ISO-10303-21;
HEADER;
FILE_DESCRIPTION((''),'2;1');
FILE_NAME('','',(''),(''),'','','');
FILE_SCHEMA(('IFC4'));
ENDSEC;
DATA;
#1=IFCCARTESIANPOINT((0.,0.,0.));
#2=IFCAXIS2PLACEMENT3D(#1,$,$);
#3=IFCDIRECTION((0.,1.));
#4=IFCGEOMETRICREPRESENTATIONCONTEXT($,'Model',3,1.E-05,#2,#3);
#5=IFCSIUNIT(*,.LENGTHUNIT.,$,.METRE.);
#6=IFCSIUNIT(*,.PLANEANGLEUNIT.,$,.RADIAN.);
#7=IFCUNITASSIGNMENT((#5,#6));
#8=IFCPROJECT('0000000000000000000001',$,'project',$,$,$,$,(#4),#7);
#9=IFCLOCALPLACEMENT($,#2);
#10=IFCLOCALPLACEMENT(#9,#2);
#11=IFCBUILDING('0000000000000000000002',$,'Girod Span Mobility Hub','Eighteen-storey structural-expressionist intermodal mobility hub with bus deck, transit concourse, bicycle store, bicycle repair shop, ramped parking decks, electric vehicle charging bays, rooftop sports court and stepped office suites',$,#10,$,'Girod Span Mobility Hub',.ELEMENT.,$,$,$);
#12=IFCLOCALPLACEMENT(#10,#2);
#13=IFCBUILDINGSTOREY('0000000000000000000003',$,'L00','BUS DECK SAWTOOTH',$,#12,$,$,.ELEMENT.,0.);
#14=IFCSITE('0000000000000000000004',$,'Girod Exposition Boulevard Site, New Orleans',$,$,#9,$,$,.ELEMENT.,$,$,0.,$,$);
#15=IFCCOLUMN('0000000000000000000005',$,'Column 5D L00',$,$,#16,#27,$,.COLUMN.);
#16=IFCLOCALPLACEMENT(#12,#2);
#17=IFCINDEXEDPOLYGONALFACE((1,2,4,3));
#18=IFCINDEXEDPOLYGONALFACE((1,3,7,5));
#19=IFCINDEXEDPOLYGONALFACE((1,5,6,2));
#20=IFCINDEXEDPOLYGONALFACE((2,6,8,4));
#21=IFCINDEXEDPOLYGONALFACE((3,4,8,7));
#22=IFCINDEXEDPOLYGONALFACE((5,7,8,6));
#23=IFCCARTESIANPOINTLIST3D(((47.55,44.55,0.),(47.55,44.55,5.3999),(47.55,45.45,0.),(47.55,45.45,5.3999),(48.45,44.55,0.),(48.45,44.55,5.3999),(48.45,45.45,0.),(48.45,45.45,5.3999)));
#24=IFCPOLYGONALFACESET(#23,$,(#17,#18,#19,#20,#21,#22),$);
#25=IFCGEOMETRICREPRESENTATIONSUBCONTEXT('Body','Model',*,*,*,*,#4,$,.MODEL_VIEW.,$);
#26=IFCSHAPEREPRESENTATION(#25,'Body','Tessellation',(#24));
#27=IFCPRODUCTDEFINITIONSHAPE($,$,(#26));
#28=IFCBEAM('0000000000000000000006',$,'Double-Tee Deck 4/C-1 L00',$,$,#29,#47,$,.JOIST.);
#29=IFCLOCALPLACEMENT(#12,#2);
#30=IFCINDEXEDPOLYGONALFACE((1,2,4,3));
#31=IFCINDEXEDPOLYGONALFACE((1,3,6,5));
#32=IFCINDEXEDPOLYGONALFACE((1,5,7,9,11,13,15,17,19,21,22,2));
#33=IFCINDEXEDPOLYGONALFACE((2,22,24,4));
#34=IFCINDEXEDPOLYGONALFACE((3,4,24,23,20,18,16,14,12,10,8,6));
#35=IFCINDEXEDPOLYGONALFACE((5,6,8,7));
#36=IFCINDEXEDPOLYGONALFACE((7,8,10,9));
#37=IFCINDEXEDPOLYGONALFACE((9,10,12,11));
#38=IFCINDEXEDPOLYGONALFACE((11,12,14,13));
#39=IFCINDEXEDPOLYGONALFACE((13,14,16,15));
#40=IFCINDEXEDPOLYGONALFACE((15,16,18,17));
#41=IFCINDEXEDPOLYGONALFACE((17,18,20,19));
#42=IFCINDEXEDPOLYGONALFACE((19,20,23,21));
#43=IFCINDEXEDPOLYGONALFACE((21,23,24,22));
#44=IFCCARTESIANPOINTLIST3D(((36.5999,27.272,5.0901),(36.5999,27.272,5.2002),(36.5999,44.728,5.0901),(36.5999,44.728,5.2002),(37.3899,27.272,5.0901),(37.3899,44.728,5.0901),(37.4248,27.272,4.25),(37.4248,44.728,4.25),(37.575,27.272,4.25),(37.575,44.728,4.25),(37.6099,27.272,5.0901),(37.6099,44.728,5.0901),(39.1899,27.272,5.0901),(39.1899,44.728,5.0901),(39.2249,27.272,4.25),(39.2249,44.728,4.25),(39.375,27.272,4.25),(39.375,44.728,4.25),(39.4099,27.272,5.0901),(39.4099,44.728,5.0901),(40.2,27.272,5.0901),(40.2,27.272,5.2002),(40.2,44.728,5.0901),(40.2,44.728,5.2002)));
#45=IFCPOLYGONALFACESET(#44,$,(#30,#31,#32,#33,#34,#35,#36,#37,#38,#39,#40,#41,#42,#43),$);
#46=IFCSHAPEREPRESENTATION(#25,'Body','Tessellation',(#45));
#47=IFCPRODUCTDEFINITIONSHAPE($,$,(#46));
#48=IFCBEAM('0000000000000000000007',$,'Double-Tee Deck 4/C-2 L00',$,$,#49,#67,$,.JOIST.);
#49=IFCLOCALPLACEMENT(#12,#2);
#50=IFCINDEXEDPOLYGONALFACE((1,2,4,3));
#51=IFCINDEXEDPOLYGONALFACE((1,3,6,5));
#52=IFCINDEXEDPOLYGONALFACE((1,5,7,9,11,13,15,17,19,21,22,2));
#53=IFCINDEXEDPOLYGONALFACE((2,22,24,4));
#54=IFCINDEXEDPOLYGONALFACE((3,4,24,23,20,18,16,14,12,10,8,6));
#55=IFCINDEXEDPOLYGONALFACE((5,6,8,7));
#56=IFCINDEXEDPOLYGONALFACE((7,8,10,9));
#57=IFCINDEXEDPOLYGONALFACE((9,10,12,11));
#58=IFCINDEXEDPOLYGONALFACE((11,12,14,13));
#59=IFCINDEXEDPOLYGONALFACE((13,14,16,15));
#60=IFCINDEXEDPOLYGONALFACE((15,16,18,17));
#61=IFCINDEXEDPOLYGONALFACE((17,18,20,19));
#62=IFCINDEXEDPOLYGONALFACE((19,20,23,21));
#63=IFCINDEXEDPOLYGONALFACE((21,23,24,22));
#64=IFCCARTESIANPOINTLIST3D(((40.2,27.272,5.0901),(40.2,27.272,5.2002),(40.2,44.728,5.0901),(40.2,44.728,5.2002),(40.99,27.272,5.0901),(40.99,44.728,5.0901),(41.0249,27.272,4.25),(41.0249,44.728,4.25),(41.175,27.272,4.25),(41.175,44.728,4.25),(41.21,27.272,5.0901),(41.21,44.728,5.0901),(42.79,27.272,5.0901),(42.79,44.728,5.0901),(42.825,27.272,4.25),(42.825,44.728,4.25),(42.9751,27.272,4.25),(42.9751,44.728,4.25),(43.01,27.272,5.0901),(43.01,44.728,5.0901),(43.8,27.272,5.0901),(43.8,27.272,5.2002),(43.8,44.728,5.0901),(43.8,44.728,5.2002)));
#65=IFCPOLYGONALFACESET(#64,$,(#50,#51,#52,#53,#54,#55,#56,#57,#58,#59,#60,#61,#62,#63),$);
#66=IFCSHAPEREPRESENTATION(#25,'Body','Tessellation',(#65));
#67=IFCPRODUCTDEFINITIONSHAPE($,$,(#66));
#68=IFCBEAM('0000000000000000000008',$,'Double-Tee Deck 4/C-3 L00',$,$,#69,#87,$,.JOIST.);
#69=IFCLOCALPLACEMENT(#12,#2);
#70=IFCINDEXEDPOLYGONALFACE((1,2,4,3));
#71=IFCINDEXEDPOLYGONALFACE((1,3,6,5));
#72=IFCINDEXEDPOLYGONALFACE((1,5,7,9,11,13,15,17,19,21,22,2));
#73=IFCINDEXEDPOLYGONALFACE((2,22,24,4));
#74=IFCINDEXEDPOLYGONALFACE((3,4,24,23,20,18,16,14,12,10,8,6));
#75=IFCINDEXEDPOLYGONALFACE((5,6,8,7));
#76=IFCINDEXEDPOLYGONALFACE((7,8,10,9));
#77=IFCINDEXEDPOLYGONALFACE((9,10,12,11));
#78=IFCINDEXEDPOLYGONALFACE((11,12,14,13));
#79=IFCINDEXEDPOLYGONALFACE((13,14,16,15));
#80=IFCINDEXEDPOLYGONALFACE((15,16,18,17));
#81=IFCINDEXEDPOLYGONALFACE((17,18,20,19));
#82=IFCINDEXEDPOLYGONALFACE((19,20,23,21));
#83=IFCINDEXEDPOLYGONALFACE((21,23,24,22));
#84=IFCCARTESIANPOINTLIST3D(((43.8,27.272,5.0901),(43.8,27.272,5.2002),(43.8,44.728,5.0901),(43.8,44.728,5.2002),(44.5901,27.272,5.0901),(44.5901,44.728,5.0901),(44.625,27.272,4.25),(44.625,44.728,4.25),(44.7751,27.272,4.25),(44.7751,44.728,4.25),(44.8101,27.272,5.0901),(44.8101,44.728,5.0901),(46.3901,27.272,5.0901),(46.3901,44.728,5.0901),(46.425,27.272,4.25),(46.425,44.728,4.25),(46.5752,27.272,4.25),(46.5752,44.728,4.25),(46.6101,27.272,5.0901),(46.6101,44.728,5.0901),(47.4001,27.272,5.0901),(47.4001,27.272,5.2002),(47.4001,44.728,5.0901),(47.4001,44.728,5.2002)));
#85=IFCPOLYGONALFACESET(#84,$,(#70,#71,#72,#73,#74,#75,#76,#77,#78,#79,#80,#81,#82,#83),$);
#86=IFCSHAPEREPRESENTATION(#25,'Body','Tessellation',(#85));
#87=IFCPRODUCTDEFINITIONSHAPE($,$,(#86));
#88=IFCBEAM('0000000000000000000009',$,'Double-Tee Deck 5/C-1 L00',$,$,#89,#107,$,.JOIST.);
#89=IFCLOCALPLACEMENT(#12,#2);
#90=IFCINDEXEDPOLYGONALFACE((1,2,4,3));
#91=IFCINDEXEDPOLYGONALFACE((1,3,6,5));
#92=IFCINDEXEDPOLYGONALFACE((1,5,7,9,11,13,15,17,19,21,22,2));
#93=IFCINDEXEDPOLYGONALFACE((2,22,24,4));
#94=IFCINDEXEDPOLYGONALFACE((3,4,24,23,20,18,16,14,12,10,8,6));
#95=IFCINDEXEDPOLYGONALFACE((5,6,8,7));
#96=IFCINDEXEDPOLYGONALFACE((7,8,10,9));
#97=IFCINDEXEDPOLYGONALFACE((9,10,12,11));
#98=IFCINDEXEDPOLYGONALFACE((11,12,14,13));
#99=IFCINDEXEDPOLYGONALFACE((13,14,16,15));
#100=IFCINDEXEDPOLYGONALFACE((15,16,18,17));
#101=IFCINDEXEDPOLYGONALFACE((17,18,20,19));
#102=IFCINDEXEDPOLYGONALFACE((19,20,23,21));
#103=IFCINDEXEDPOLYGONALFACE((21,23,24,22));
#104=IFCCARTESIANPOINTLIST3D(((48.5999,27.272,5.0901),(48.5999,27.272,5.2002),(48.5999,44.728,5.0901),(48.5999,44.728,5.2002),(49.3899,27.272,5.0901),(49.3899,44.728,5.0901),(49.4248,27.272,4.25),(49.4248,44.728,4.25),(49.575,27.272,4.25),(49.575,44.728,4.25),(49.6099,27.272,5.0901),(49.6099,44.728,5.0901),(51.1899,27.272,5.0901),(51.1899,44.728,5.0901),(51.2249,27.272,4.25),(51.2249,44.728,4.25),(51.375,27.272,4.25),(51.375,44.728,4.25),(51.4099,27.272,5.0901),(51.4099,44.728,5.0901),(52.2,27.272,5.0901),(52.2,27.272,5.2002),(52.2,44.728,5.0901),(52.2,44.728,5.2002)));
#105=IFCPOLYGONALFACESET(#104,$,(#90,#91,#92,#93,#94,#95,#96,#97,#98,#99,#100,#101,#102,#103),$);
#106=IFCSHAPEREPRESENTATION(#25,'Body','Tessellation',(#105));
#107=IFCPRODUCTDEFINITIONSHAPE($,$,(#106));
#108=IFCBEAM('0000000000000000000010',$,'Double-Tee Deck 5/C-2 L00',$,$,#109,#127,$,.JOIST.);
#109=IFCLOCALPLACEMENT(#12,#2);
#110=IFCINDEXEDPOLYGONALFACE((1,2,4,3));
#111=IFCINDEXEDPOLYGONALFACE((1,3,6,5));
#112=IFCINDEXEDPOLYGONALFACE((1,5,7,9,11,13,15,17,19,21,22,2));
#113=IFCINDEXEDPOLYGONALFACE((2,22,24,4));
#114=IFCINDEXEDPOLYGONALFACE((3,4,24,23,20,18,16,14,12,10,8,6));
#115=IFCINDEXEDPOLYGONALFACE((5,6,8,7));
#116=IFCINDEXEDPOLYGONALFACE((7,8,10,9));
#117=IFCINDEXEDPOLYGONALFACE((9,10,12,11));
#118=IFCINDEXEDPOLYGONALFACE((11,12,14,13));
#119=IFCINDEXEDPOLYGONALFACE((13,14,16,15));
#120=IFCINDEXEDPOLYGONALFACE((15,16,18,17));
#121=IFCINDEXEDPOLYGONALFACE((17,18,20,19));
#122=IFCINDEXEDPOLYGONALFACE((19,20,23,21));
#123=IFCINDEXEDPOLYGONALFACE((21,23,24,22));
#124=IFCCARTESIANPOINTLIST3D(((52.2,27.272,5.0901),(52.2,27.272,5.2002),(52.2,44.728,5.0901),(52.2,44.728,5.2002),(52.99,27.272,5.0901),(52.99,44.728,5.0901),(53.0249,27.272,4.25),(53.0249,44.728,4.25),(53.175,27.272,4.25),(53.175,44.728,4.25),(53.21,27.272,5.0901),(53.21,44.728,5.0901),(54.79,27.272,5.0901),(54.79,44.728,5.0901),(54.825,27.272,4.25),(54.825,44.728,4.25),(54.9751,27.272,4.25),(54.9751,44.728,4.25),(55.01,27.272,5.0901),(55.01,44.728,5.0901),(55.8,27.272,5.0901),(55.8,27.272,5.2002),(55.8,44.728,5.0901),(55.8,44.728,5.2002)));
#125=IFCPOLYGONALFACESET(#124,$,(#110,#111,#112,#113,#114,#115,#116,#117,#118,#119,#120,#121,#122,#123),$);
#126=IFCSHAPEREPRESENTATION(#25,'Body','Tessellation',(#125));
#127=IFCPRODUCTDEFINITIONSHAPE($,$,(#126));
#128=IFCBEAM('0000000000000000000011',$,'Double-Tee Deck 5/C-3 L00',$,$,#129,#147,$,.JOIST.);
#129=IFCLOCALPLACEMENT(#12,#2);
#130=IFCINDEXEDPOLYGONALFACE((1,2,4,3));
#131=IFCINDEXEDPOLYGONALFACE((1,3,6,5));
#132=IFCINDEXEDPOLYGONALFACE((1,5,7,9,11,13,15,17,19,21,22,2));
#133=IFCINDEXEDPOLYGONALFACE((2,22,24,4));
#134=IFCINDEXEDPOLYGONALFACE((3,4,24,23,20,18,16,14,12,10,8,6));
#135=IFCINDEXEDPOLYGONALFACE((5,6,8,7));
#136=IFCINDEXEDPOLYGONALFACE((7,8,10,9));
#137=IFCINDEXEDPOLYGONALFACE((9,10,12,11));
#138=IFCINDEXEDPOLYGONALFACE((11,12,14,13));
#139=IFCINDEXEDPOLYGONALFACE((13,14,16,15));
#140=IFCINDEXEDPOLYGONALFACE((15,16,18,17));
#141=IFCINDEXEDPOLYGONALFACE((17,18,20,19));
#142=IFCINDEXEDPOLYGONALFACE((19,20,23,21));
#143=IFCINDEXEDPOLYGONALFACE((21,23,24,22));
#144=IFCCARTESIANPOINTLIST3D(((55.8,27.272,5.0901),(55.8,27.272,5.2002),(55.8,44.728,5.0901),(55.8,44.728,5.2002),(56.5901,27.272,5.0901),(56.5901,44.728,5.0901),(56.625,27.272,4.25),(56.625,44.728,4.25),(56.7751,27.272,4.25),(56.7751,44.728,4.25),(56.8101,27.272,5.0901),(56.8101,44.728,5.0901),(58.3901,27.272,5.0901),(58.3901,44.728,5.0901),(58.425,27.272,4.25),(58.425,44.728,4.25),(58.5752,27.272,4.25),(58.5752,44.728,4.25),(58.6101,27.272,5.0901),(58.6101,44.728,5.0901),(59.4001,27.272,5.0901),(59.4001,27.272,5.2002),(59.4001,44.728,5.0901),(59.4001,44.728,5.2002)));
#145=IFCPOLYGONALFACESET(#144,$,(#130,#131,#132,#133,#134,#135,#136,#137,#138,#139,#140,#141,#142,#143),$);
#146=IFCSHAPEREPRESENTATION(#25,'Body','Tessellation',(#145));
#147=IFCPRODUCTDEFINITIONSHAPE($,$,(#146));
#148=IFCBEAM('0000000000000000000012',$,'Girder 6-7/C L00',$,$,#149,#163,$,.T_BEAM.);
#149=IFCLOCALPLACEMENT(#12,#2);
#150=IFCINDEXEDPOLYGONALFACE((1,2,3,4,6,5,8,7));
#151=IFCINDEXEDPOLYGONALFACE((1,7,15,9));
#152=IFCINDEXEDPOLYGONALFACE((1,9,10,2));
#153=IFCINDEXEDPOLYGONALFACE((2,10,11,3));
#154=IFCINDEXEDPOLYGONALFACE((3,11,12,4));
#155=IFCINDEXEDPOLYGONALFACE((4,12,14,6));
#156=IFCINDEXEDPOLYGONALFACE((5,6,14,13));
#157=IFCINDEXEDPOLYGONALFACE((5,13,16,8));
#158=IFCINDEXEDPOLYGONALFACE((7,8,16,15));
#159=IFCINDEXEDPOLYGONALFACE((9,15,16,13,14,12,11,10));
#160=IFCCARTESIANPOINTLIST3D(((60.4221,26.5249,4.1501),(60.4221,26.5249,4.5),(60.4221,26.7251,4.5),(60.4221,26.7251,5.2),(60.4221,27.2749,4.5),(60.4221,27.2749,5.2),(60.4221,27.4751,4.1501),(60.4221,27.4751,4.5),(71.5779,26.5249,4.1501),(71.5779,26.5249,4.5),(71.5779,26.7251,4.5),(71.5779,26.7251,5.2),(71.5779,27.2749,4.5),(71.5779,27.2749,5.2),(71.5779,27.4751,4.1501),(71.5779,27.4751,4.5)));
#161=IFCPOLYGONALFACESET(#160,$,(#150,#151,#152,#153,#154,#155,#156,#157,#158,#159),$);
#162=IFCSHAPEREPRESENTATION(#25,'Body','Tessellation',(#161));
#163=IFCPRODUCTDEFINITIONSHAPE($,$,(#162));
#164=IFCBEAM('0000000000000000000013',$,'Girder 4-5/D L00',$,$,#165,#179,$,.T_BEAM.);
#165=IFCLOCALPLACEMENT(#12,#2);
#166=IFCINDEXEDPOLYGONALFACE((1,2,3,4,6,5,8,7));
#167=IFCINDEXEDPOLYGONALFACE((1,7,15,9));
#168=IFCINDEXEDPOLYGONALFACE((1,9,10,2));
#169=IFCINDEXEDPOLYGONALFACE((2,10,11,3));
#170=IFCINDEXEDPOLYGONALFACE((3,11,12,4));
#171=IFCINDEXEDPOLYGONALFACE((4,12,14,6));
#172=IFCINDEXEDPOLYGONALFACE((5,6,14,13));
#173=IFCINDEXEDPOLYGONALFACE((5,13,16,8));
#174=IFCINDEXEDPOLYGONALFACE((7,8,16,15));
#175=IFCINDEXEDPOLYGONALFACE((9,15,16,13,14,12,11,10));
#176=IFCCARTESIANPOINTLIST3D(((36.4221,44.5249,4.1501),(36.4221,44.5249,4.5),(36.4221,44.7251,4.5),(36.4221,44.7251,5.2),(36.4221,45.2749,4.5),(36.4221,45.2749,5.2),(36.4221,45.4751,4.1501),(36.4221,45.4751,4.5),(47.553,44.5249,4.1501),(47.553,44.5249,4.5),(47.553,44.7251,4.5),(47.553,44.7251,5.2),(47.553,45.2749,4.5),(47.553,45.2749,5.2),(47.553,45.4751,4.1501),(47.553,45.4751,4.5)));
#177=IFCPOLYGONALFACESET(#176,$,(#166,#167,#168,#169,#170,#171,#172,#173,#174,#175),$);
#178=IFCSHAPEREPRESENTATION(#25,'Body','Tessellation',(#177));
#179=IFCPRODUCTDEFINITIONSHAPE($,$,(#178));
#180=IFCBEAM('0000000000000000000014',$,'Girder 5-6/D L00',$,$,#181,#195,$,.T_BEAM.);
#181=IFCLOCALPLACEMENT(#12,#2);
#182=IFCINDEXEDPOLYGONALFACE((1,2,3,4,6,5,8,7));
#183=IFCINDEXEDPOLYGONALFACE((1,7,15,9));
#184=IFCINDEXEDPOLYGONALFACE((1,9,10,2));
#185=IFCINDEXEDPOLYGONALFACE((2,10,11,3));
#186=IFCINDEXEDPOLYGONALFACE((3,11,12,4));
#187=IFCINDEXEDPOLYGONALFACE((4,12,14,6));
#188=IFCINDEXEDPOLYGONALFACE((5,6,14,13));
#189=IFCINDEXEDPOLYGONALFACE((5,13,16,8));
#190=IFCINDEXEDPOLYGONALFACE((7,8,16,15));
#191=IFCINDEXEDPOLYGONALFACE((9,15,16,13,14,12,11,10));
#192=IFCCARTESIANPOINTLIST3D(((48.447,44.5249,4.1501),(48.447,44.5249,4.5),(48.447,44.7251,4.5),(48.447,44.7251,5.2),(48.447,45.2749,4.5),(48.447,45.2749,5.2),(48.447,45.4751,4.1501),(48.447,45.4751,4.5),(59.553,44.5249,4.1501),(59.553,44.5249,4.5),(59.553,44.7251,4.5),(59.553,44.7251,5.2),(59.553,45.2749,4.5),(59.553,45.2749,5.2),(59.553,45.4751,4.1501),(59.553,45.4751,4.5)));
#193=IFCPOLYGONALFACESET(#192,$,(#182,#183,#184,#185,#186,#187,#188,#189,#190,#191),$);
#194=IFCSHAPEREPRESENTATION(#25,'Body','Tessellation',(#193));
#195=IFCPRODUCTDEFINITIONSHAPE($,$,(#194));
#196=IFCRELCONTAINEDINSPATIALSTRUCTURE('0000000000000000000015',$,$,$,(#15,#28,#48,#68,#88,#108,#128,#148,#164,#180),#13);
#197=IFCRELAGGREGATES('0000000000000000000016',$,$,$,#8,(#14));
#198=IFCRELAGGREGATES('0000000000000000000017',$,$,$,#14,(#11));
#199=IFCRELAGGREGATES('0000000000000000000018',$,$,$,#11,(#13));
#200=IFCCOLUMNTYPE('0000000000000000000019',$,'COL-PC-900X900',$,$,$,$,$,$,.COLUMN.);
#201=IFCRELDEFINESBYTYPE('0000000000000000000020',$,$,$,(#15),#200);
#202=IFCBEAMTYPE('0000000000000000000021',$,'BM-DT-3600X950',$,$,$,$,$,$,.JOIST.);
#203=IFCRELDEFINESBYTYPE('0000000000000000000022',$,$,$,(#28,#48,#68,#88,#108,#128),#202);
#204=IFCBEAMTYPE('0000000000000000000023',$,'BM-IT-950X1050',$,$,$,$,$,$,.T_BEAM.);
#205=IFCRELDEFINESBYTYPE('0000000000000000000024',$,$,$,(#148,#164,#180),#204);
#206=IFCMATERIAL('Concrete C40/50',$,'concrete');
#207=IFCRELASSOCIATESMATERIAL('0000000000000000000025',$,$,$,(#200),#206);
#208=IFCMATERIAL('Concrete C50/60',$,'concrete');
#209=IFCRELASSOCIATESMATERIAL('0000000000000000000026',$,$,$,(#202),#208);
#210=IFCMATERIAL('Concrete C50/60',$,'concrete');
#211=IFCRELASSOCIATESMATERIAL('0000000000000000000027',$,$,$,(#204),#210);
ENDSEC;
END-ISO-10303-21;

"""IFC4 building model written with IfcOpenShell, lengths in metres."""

from ifc_helpers import new_model, si_unit, direction, frame, origin, origin_2d, place, context, subcontext, project, spatial, polyline, rectangle, outline, extrude, material, material_profile, profile_set, type_object, element, save


model = new_model("IFC4")

# Units and contexts
model_context = context("Model", 3, precision=1e-05, world=origin(), true_north=direction((0.0, 1.0)))
body_context = subcontext(model_context, "Body", "Model", "MODEL_VIEW")
ifc_project = project(units=[si_unit("LENGTHUNIT", "METRE"), si_unit("PLANEANGLEUNIT", "RADIAN")], contexts=[model_context])

# Site, building, storey
site_placement = place(None, origin())
site = spatial("IfcSite", under=ifc_project, at=site_placement, Name="Girod Exposition Boulevard Site, New Orleans", CompositionType="ELEMENT", RefElevation=0.0)
building_placement = place(site_placement, origin())
building = spatial("IfcBuilding", under=site, at=building_placement, Name="Girod Span Mobility Hub", Description="Eighteen-storey structural-expressionist intermodal mobility hub with bus deck, transit concourse, bicycle store, bicycle repair shop, ramped parking decks, electric vehicle charging bays, rooftop sports court and stepped office suites", LongName="Girod Span Mobility Hub", CompositionType="ELEMENT")
storey_placement = place(building_placement, origin())
storey = spatial("IfcBuildingStorey", under=building, at=storey_placement, Name="L00", Description="BUS DECK SAWTOOTH", CompositionType="ELEMENT", Elevation=0.0)

# Column
ifc_material_1 = material(Name="Concrete C40/50", Category="concrete")
ifc_material_profile_1 = material_profile(ifc_material_1, rectangle(XDim=0.8999, YDim=0.8999, at=origin_2d()), Name="PC-COL-900X900")
ifc_profile_set_1 = profile_set([ifc_material_profile_1], Name="Concrete C40/50")
column_type_1 = type_object("IfcColumnType", Name="COL-PC-900X900", PredefinedType="COLUMN", material=ifc_profile_set_1)
column_placement = place(storey_placement, frame((48.0, 45.0, 0.0), z_axis=(0.0, 0.0, 1.0), x_axis=(1.0, 0.0, 0.0)))
element("IfcColumn", 1, at=column_placement, inside=storey, type_object=column_type_1, Name="Column 5D L00", PredefinedType="COLUMN", context=body_context, shape_type="SweptSolid", body=[
    extrude(rectangle(XDim=0.8999, YDim=0.8999, at=origin_2d()), origin(), (0.0, 0.0, 1.0), 5.3999),
])

# Beams
ifc_material_2 = material(Name="Concrete C50/60", Category="concrete")
ifc_material_profile_2 = material_profile(ifc_material_2, outline(polyline([(-1.8, 0.4751), (-1.8, 0.365), (-1.01, 0.365), (-0.9751, -0.4751), (-0.825, -0.4751), (-0.79, 0.365), (0.79, 0.365), (0.825, -0.4751), (0.9751, -0.4751), (1.01, 0.365), (1.8, 0.365), (1.8, 0.4751), (-1.8, 0.4751)])), Name="DT-3600X950")
ifc_profile_set_2 = profile_set([ifc_material_profile_2], Name="Concrete C50/60")
beam_type_1 = type_object("IfcBeamType", Name="BM-DT-3600X950", PredefinedType="JOIST", material=ifc_profile_set_2)
for number, where, z_axis, x_axis, name in (
    (2, (38.3999, 27.272, 4.7251), (0.0, 1.0, 0.0), (-1.0, 0.0, 0.0), "Double-Tee Deck 4/C-1 L00"),
    (3, (42.0, 27.272, 4.7251), (0.0, 1.0, 0.0), (-1.0, 0.0, 0.0), "Double-Tee Deck 4/C-2 L00"),
    (4, (45.6001, 27.272, 4.7251), (0.0, 1.0, 0.0), (-1.0, 0.0, 0.0), "Double-Tee Deck 4/C-3 L00"),
    (5, (50.3999, 27.272, 4.7251), (0.0, 1.0, 0.0), (-1.0, 0.0, 0.0), "Double-Tee Deck 5/C-1 L00"),
    (6, (54.0, 27.272, 4.7251), (0.0, 1.0, 0.0), (-1.0, 0.0, 0.0), "Double-Tee Deck 5/C-2 L00"),
    (7, (57.6001, 27.272, 4.7251), (0.0, 1.0, 0.0), (-1.0, 0.0, 0.0), "Double-Tee Deck 5/C-3 L00"),
):
    element("IfcBeam", number, at=place(storey_placement, frame(where, z_axis=z_axis, x_axis=x_axis)), inside=storey, type_object=beam_type_1, Name=name, PredefinedType="JOIST", context=body_context, shape_type="SweptSolid", body=[
        extrude(outline(polyline([(-1.8, 0.4751), (-1.8, 0.365), (-1.01, 0.365), (-0.9751, -0.4751), (-0.825, -0.4751), (-0.79, 0.365), (0.79, 0.365), (0.825, -0.4751), (0.9751, -0.4751), (1.01, 0.365), (1.8, 0.365), (1.8, 0.4751), (-1.8, 0.4751)])), origin(), (0.0, 0.0, 1.0), 17.4561),
    ])
ifc_material_3 = material(Name="Concrete C50/60", Category="concrete")
ifc_material_profile_3 = material_profile(ifc_material_3, outline(polyline([(-0.4751, -0.5249), (0.4751, -0.5249), (0.4751, -0.175), (0.2749, -0.175), (0.2749, 0.5249), (-0.2749, 0.5249), (-0.2749, -0.175), (-0.4751, -0.175), (-0.4751, -0.5249)])), Name="IT-950X1050")
ifc_profile_set_3 = profile_set([ifc_material_profile_3], Name="Concrete C50/60")
beam_type_2 = type_object("IfcBeamType", Name="BM-IT-950X1050", PredefinedType="T_BEAM", material=ifc_profile_set_3)
beam_1_placement = place(storey_placement, frame((60.4221, 27.0, 4.675), z_axis=(1.0, 0.0, 0.0), x_axis=(0.0, 1.0, 0.0)))
element("IfcBeam", 8, at=beam_1_placement, inside=storey, type_object=beam_type_2, Name="Girder 6-7/C L00", PredefinedType="T_BEAM", context=body_context, shape_type="SweptSolid", body=[
    extrude(outline(polyline([(-0.4751, -0.5249), (0.4751, -0.5249), (0.4751, -0.175), (0.2749, -0.175), (0.2749, 0.5249), (-0.2749, 0.5249), (-0.2749, -0.175), (-0.4751, -0.175), (-0.4751, -0.5249)])), origin(), (0.0, 0.0, 1.0), 11.1558),
])
beam_2_placement = place(storey_placement, frame((36.4221, 45.0, 4.675), z_axis=(1.0, 0.0, 0.0), x_axis=(0.0, 1.0, 0.0)))
element("IfcBeam", 9, at=beam_2_placement, inside=storey, type_object=beam_type_2, Name="Girder 4-5/D L00", PredefinedType="T_BEAM", context=body_context, shape_type="SweptSolid", body=[
    extrude(outline(polyline([(-0.4751, -0.5249), (0.4751, -0.5249), (0.4751, -0.175), (0.2749, -0.175), (0.2749, 0.5249), (-0.2749, 0.5249), (-0.2749, -0.175), (-0.4751, -0.175), (-0.4751, -0.5249)])), origin(), (0.0, 0.0, 1.0), 11.1309),
])
beam_3_placement = place(storey_placement, frame((48.447, 45.0, 4.675), z_axis=(1.0, 0.0, 0.0), x_axis=(0.0, 1.0, 0.0)))
element("IfcBeam", 10, at=beam_3_placement, inside=storey, type_object=beam_type_2, Name="Girder 5-6/D L00", PredefinedType="T_BEAM", context=body_context, shape_type="SweptSolid", body=[
    extrude(outline(polyline([(-0.4751, -0.5249), (0.4751, -0.5249), (0.4751, -0.175), (0.2749, -0.175), (0.2749, 0.5249), (-0.2749, 0.5249), (-0.2749, -0.175), (-0.4751, -0.175), (-0.4751, -0.5249)])), origin(), (0.0, 0.0, 1.0), 11.106),
])

save(model, "model.ifc")
